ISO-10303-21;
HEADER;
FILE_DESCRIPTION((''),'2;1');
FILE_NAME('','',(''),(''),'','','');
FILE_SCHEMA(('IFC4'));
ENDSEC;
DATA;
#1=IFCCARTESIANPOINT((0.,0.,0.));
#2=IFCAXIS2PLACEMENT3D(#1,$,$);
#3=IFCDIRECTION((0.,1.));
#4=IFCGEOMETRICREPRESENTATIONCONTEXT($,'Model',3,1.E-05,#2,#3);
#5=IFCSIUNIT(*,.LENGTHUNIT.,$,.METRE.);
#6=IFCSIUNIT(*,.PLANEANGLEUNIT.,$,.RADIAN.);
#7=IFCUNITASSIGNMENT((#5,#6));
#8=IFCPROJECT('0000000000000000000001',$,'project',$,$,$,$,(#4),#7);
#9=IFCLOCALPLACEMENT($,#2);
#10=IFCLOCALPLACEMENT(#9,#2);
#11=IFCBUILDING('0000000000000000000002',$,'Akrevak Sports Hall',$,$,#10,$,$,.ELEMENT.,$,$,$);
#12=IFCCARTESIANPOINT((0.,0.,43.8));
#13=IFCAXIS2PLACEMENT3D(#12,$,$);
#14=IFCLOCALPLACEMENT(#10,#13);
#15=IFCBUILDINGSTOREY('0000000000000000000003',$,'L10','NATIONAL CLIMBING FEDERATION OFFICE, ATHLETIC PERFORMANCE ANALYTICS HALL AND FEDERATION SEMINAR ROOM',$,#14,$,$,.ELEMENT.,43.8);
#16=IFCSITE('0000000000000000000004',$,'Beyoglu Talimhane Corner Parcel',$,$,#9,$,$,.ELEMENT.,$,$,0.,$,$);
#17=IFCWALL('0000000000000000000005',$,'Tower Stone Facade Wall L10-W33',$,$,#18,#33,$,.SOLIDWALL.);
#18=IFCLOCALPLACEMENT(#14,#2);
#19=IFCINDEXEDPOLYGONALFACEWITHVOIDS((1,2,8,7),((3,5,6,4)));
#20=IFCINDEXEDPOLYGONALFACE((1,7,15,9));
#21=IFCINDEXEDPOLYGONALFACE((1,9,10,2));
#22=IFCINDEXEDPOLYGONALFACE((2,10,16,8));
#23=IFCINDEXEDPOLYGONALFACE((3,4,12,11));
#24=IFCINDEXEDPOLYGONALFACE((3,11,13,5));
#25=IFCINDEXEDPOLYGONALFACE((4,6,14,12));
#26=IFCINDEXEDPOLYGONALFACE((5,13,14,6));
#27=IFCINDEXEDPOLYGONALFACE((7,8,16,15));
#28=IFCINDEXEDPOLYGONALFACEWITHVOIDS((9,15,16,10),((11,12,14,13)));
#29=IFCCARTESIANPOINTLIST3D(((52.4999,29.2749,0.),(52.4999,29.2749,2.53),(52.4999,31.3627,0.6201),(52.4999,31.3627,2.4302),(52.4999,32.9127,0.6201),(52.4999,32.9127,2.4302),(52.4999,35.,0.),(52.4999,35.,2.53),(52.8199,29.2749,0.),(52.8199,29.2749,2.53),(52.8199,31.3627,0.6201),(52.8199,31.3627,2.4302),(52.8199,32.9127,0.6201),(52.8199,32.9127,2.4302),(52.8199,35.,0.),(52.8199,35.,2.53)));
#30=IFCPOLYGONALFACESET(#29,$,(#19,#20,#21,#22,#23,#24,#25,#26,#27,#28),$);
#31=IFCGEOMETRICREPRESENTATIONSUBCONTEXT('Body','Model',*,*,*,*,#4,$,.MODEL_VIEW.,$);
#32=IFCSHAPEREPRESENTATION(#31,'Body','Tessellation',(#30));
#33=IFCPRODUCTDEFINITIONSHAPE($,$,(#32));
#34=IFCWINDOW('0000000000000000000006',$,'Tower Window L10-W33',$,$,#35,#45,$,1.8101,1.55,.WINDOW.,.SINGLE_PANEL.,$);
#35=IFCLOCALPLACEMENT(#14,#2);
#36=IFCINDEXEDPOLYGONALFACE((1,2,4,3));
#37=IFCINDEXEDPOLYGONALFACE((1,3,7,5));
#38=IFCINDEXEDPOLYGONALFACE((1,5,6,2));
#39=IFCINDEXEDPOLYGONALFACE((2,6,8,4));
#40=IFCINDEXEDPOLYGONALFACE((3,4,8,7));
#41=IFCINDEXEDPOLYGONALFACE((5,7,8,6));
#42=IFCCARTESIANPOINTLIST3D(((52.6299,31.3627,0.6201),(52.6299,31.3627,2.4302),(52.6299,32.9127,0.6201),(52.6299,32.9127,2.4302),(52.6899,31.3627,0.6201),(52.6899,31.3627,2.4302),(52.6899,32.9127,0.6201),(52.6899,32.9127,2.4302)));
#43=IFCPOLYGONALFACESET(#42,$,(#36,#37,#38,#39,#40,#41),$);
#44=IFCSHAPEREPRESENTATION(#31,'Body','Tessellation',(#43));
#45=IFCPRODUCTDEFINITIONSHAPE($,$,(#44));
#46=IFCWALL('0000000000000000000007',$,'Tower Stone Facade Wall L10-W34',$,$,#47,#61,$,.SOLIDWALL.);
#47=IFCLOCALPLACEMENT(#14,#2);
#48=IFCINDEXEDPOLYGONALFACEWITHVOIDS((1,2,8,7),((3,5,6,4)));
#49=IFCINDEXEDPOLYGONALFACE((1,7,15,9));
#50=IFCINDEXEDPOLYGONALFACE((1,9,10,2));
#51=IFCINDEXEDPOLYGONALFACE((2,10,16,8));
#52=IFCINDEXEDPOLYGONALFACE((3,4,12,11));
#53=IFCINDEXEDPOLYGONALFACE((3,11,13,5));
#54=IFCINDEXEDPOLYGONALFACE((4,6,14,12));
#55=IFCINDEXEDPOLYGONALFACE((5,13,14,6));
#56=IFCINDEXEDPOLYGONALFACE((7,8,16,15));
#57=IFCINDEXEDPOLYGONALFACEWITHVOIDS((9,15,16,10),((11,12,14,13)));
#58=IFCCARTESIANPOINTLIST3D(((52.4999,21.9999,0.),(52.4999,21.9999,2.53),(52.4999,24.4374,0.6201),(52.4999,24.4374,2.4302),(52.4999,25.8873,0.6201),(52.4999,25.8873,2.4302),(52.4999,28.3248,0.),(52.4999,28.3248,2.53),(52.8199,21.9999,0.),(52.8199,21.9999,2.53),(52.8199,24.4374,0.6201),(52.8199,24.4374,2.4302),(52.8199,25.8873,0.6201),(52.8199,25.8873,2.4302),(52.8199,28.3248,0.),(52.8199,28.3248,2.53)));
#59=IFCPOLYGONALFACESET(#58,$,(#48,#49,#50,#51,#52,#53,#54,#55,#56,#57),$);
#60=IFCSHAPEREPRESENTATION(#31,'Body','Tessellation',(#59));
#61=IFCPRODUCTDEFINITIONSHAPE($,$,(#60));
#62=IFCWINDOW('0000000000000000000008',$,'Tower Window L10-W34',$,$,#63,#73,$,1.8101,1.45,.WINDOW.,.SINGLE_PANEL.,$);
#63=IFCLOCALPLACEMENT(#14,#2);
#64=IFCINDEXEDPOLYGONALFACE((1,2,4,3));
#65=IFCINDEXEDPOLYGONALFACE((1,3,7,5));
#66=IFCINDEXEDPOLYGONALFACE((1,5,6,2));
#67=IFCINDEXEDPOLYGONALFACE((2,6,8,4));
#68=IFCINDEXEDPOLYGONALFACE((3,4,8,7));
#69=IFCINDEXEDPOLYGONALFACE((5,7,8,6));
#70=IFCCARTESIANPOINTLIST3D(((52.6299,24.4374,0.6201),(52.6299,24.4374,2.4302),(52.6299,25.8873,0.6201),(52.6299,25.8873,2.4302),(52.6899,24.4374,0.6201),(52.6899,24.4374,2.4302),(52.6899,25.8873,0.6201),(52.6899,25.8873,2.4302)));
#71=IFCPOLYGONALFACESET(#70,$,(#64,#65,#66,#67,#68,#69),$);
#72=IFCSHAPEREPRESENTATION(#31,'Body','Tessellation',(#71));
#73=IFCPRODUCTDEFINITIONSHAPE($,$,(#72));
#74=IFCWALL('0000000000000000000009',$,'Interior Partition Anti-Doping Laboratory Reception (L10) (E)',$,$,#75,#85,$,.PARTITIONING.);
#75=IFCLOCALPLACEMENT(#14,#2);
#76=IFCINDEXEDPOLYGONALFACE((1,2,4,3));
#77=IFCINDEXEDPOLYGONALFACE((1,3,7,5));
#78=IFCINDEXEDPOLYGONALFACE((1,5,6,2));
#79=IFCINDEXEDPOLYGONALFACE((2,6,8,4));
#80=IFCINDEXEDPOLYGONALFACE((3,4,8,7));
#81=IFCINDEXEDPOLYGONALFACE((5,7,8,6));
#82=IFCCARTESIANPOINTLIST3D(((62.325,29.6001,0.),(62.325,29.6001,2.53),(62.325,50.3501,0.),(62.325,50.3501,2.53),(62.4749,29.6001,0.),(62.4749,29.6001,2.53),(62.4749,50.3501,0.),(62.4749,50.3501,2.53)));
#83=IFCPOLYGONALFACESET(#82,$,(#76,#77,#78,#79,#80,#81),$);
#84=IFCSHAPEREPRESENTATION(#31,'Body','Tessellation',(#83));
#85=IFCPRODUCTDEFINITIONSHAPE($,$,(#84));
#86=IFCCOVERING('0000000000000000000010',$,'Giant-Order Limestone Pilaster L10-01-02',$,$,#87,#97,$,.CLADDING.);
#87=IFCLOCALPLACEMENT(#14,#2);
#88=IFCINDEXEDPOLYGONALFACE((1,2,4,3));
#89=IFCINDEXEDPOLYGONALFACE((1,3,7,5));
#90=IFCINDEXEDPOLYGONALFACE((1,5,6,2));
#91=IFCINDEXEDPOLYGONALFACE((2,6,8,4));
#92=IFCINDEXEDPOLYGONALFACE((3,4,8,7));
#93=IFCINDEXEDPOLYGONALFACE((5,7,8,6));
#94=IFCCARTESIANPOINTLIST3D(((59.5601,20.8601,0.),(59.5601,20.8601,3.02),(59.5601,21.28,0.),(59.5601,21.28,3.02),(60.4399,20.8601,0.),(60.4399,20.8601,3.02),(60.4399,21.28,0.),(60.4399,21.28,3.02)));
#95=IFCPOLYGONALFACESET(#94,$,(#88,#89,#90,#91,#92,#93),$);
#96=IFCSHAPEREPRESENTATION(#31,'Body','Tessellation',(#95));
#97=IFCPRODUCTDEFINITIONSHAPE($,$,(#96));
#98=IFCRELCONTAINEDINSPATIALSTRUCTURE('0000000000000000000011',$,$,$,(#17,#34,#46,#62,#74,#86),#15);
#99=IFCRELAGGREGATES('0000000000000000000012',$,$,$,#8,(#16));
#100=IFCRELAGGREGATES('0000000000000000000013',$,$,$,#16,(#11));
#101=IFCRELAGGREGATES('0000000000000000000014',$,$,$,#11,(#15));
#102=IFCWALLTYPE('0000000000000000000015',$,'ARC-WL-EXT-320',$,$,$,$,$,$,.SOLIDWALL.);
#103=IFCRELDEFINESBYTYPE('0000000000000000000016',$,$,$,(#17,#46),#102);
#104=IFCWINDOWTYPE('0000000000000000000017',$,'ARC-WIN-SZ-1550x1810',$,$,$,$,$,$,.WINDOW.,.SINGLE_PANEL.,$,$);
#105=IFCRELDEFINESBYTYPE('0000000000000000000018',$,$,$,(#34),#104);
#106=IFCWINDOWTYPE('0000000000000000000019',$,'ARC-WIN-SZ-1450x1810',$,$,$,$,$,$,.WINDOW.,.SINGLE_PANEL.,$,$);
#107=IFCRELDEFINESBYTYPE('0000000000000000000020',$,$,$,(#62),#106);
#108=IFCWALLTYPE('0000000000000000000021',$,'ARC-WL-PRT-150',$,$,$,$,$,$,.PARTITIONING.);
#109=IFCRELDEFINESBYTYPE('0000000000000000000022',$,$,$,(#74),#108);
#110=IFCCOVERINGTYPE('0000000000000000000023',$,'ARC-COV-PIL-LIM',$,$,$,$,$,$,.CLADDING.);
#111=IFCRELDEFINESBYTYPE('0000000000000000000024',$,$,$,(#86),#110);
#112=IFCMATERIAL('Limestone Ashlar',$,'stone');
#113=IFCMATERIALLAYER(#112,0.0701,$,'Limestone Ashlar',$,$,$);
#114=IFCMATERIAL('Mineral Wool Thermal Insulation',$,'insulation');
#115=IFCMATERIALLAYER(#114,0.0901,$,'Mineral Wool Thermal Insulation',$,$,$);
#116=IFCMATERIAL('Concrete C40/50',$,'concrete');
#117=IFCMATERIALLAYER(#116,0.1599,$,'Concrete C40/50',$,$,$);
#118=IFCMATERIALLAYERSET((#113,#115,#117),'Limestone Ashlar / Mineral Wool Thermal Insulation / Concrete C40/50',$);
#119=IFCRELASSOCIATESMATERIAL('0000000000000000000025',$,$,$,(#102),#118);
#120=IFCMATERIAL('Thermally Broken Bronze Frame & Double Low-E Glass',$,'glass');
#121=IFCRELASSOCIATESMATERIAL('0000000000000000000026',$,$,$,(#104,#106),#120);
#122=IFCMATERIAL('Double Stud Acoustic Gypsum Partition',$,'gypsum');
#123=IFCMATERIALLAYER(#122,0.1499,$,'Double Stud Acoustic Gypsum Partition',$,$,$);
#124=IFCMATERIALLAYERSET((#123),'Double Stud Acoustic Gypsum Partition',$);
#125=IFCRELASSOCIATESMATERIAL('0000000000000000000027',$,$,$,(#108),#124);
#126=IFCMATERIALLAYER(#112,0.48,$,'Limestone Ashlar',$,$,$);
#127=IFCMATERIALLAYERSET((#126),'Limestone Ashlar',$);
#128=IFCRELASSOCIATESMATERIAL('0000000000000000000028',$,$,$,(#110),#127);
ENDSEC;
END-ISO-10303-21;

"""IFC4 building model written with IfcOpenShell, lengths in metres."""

from ifc_helpers import new_model, si_unit, direction, frame, frame_2d, origin, origin_2d, place, context, subcontext, project, spatial, rectangle, extrude, material, layer, layer_set, type_object, element, fill, save


model = new_model("IFC4")

# Units and contexts
model_context = context("Model", 3, precision=1e-05, world=origin(), true_north=direction((0.0, 1.0)))
body_context = subcontext(model_context, "Body", "Model", "MODEL_VIEW")
ifc_project = project(units=[si_unit("LENGTHUNIT", "METRE"), si_unit("PLANEANGLEUNIT", "RADIAN")], contexts=[model_context])

# Site, building, storey
site_placement = place(None, origin())
site = spatial("IfcSite", under=ifc_project, at=site_placement, Name="Beyoglu Talimhane Corner Parcel", CompositionType="ELEMENT", RefElevation=0.0)
building_placement = place(site_placement, origin())
building = spatial("IfcBuilding", under=site, at=building_placement, Name="Akrevak Sports Hall", CompositionType="ELEMENT")
storey_placement = place(building_placement, frame((0.0, 0.0, 43.8)))
storey = spatial("IfcBuildingStorey", under=building, at=storey_placement, Name="L10", Description="NATIONAL CLIMBING FEDERATION OFFICE, ATHLETIC PERFORMANCE ANALYTICS HALL AND FEDERATION SEMINAR ROOM", CompositionType="ELEMENT", Elevation=43.8)

# Shared definitions
ifc_material_1 = material(Name="Concrete C40/50", Category="concrete")

# Walls, openings, windows
ifc_material_2 = material(Name="Limestone Ashlar", Category="stone")
ifc_layer_1 = layer(ifc_material_2, 0.0701, Name="Limestone Ashlar")
ifc_material_3 = material(Name="Mineral Wool Thermal Insulation", Category="insulation")
ifc_layer_2 = layer(ifc_material_3, 0.0901, Name="Mineral Wool Thermal Insulation")
ifc_layer_3 = layer(ifc_material_1, 0.1599, Name="Concrete C40/50")
ifc_layer_set_1 = layer_set([ifc_layer_1, ifc_layer_2, ifc_layer_3], Name="Limestone Ashlar / Mineral Wool Thermal Insulation / Concrete C40/50")
wall_type_1 = type_object("IfcWallType", Name="ARC-WL-EXT-320", PredefinedType="SOLIDWALL", material=ifc_layer_set_1)
ifc_material_4 = material(Name="Thermally Broken Bronze Frame & Double Low-E Glass", Category="glass")
wall_1_placement = place(storey_placement, frame((52.6599, 35.0, 0.0), z_axis=(0.0, 0.0, 1.0), x_axis=(0.0, -1.0, 0.0)))
wall_1 = element("IfcWall", 1, at=wall_1_placement, inside=storey, type_object=wall_type_1, Name="Tower Stone Facade Wall L10-W33", PredefinedType="SOLIDWALL", context=body_context, shape_type="SweptSolid", body=[
    extrude(rectangle(XDim=5.7251, YDim=0.3201, at=frame_2d((2.8625, 0.0))), origin(), (0.0, 0.0, 1.0), 2.53),
])
opening_1_placement = place(wall_1_placement, frame((2.0874, 0.0, 0.6201)))
opening_1 = element("IfcOpeningElement", 2, at=opening_1_placement, cuts=wall_1, PredefinedType="OPENING", context=body_context, shape_type="SweptSolid", body=[
    extrude(rectangle(XDim=1.55, YDim=1.8101, at=frame_2d((0.7749, 0.905))), frame((0.0, 0.1719, 0.0), z_axis=(0.0, -1.0, 0.0), x_axis=(1.0, 0.0, 0.0)), (0.0, 0.0, 1.0), 0.344),
])
window_type_1 = type_object("IfcWindowType", Name="ARC-WIN-SZ-1550x1810", PartitioningType="SINGLE_PANEL", PredefinedType="WINDOW", material=ifc_material_4)
window_1_placement = place(opening_1_placement, origin())
window_1 = element("IfcWindow", 3, at=window_1_placement, inside=storey, type_object=window_type_1, Name="Tower Window L10-W33", OverallHeight=1.8101, OverallWidth=1.55, PartitioningType="SINGLE_PANEL", PredefinedType="WINDOW", context=body_context, shape_type="SweptSolid", body=[
    extrude(rectangle(XDim=1.55, YDim=1.8101, at=frame_2d((0.7749, 0.905))), frame((0.0, 0.03, 0.0), z_axis=(0.0, -1.0, 0.0), x_axis=(1.0, 0.0, 0.0)), (0.0, 0.0, 1.0), 0.0601),
])
fill(opening_1, window_1)
wall_2_placement = place(storey_placement, frame((52.6599, 28.325, 0.0), z_axis=(0.0, 0.0, 1.0), x_axis=(0.0, -1.0, 0.0)))
wall_2 = element("IfcWall", 4, at=wall_2_placement, inside=storey, type_object=wall_type_1, Name="Tower Stone Facade Wall L10-W34", PredefinedType="SOLIDWALL", context=body_context, shape_type="SweptSolid", body=[
    extrude(rectangle(XDim=6.325, YDim=0.3201, at=frame_2d((3.1626, 0.0))), origin(), (0.0, 0.0, 1.0), 2.53),
])
opening_2_placement = place(wall_2_placement, frame((2.4375, 0.0, 0.6201)))
opening_2 = element("IfcOpeningElement", 5, at=opening_2_placement, cuts=wall_2, PredefinedType="OPENING", context=body_context, shape_type="SweptSolid", body=[
    extrude(rectangle(XDim=1.45, YDim=1.8101, at=frame_2d((0.7251, 0.905))), frame((0.0, 0.1719, 0.0), z_axis=(0.0, -1.0, 0.0), x_axis=(1.0, 0.0, 0.0)), (0.0, 0.0, 1.0), 0.344),
])
window_type_2 = type_object("IfcWindowType", Name="ARC-WIN-SZ-1450x1810", PartitioningType="SINGLE_PANEL", PredefinedType="WINDOW", material=ifc_material_4)
window_2_placement = place(opening_2_placement, origin())
window_2 = element("IfcWindow", 6, at=window_2_placement, inside=storey, type_object=window_type_2, Name="Tower Window L10-W34", OverallHeight=1.8101, OverallWidth=1.45, PartitioningType="SINGLE_PANEL", PredefinedType="WINDOW", context=body_context, shape_type="SweptSolid", body=[
    extrude(rectangle(XDim=1.45, YDim=1.8101, at=frame_2d((0.7251, 0.905))), frame((0.0, 0.03, 0.0), z_axis=(0.0, -1.0, 0.0), x_axis=(1.0, 0.0, 0.0)), (0.0, 0.0, 1.0), 0.0601),
])
fill(opening_2, window_2)

# Wall
ifc_material_5 = material(Name="Double Stud Acoustic Gypsum Partition", Category="gypsum")
ifc_layer_4 = layer(ifc_material_5, 0.1499, Name="Double Stud Acoustic Gypsum Partition")
ifc_layer_set_2 = layer_set([ifc_layer_4], Name="Double Stud Acoustic Gypsum Partition")
wall_type_2 = type_object("IfcWallType", Name="ARC-WL-PRT-150", PredefinedType="PARTITIONING", material=ifc_layer_set_2)
wall_3_placement = place(storey_placement, frame((62.3999, 29.6001, 0.0), z_axis=(0.0, 0.0, 1.0), x_axis=(0.0, 1.0, 0.0)))
element("IfcWall", 7, at=wall_3_placement, inside=storey, type_object=wall_type_2, Name="Interior Partition Anti-Doping Laboratory Reception (L10) (E)", PredefinedType="PARTITIONING", context=body_context, shape_type="SweptSolid", body=[
    extrude(rectangle(XDim=20.75, YDim=0.1499, at=frame_2d((10.375, 0.0))), origin(), (0.0, 0.0, 1.0), 2.53),
])

# Covering
ifc_layer_5 = layer(ifc_material_2, 0.48, Name="Limestone Ashlar")
ifc_layer_set_3 = layer_set([ifc_layer_5], Name="Limestone Ashlar")
covering_type = type_object("IfcCoveringType", Name="ARC-COV-PIL-LIM", PredefinedType="CLADDING", material=ifc_layer_set_3)
covering_placement = place(storey_placement, frame((60.0, 21.0701, 0.0), z_axis=(0.0, 0.0, 1.0), x_axis=(1.0, 0.0, 0.0)))
element("IfcCovering", 8, at=covering_placement, inside=storey, type_object=covering_type, Name="Giant-Order Limestone Pilaster L10-01-02", PredefinedType="CLADDING", context=body_context, shape_type="SweptSolid", body=[
    extrude(rectangle(XDim=0.8799, YDim=0.4199, at=origin_2d()), origin(), (0.0, 0.0, 1.0), 3.02),
])

save(model, "model.ifc")
